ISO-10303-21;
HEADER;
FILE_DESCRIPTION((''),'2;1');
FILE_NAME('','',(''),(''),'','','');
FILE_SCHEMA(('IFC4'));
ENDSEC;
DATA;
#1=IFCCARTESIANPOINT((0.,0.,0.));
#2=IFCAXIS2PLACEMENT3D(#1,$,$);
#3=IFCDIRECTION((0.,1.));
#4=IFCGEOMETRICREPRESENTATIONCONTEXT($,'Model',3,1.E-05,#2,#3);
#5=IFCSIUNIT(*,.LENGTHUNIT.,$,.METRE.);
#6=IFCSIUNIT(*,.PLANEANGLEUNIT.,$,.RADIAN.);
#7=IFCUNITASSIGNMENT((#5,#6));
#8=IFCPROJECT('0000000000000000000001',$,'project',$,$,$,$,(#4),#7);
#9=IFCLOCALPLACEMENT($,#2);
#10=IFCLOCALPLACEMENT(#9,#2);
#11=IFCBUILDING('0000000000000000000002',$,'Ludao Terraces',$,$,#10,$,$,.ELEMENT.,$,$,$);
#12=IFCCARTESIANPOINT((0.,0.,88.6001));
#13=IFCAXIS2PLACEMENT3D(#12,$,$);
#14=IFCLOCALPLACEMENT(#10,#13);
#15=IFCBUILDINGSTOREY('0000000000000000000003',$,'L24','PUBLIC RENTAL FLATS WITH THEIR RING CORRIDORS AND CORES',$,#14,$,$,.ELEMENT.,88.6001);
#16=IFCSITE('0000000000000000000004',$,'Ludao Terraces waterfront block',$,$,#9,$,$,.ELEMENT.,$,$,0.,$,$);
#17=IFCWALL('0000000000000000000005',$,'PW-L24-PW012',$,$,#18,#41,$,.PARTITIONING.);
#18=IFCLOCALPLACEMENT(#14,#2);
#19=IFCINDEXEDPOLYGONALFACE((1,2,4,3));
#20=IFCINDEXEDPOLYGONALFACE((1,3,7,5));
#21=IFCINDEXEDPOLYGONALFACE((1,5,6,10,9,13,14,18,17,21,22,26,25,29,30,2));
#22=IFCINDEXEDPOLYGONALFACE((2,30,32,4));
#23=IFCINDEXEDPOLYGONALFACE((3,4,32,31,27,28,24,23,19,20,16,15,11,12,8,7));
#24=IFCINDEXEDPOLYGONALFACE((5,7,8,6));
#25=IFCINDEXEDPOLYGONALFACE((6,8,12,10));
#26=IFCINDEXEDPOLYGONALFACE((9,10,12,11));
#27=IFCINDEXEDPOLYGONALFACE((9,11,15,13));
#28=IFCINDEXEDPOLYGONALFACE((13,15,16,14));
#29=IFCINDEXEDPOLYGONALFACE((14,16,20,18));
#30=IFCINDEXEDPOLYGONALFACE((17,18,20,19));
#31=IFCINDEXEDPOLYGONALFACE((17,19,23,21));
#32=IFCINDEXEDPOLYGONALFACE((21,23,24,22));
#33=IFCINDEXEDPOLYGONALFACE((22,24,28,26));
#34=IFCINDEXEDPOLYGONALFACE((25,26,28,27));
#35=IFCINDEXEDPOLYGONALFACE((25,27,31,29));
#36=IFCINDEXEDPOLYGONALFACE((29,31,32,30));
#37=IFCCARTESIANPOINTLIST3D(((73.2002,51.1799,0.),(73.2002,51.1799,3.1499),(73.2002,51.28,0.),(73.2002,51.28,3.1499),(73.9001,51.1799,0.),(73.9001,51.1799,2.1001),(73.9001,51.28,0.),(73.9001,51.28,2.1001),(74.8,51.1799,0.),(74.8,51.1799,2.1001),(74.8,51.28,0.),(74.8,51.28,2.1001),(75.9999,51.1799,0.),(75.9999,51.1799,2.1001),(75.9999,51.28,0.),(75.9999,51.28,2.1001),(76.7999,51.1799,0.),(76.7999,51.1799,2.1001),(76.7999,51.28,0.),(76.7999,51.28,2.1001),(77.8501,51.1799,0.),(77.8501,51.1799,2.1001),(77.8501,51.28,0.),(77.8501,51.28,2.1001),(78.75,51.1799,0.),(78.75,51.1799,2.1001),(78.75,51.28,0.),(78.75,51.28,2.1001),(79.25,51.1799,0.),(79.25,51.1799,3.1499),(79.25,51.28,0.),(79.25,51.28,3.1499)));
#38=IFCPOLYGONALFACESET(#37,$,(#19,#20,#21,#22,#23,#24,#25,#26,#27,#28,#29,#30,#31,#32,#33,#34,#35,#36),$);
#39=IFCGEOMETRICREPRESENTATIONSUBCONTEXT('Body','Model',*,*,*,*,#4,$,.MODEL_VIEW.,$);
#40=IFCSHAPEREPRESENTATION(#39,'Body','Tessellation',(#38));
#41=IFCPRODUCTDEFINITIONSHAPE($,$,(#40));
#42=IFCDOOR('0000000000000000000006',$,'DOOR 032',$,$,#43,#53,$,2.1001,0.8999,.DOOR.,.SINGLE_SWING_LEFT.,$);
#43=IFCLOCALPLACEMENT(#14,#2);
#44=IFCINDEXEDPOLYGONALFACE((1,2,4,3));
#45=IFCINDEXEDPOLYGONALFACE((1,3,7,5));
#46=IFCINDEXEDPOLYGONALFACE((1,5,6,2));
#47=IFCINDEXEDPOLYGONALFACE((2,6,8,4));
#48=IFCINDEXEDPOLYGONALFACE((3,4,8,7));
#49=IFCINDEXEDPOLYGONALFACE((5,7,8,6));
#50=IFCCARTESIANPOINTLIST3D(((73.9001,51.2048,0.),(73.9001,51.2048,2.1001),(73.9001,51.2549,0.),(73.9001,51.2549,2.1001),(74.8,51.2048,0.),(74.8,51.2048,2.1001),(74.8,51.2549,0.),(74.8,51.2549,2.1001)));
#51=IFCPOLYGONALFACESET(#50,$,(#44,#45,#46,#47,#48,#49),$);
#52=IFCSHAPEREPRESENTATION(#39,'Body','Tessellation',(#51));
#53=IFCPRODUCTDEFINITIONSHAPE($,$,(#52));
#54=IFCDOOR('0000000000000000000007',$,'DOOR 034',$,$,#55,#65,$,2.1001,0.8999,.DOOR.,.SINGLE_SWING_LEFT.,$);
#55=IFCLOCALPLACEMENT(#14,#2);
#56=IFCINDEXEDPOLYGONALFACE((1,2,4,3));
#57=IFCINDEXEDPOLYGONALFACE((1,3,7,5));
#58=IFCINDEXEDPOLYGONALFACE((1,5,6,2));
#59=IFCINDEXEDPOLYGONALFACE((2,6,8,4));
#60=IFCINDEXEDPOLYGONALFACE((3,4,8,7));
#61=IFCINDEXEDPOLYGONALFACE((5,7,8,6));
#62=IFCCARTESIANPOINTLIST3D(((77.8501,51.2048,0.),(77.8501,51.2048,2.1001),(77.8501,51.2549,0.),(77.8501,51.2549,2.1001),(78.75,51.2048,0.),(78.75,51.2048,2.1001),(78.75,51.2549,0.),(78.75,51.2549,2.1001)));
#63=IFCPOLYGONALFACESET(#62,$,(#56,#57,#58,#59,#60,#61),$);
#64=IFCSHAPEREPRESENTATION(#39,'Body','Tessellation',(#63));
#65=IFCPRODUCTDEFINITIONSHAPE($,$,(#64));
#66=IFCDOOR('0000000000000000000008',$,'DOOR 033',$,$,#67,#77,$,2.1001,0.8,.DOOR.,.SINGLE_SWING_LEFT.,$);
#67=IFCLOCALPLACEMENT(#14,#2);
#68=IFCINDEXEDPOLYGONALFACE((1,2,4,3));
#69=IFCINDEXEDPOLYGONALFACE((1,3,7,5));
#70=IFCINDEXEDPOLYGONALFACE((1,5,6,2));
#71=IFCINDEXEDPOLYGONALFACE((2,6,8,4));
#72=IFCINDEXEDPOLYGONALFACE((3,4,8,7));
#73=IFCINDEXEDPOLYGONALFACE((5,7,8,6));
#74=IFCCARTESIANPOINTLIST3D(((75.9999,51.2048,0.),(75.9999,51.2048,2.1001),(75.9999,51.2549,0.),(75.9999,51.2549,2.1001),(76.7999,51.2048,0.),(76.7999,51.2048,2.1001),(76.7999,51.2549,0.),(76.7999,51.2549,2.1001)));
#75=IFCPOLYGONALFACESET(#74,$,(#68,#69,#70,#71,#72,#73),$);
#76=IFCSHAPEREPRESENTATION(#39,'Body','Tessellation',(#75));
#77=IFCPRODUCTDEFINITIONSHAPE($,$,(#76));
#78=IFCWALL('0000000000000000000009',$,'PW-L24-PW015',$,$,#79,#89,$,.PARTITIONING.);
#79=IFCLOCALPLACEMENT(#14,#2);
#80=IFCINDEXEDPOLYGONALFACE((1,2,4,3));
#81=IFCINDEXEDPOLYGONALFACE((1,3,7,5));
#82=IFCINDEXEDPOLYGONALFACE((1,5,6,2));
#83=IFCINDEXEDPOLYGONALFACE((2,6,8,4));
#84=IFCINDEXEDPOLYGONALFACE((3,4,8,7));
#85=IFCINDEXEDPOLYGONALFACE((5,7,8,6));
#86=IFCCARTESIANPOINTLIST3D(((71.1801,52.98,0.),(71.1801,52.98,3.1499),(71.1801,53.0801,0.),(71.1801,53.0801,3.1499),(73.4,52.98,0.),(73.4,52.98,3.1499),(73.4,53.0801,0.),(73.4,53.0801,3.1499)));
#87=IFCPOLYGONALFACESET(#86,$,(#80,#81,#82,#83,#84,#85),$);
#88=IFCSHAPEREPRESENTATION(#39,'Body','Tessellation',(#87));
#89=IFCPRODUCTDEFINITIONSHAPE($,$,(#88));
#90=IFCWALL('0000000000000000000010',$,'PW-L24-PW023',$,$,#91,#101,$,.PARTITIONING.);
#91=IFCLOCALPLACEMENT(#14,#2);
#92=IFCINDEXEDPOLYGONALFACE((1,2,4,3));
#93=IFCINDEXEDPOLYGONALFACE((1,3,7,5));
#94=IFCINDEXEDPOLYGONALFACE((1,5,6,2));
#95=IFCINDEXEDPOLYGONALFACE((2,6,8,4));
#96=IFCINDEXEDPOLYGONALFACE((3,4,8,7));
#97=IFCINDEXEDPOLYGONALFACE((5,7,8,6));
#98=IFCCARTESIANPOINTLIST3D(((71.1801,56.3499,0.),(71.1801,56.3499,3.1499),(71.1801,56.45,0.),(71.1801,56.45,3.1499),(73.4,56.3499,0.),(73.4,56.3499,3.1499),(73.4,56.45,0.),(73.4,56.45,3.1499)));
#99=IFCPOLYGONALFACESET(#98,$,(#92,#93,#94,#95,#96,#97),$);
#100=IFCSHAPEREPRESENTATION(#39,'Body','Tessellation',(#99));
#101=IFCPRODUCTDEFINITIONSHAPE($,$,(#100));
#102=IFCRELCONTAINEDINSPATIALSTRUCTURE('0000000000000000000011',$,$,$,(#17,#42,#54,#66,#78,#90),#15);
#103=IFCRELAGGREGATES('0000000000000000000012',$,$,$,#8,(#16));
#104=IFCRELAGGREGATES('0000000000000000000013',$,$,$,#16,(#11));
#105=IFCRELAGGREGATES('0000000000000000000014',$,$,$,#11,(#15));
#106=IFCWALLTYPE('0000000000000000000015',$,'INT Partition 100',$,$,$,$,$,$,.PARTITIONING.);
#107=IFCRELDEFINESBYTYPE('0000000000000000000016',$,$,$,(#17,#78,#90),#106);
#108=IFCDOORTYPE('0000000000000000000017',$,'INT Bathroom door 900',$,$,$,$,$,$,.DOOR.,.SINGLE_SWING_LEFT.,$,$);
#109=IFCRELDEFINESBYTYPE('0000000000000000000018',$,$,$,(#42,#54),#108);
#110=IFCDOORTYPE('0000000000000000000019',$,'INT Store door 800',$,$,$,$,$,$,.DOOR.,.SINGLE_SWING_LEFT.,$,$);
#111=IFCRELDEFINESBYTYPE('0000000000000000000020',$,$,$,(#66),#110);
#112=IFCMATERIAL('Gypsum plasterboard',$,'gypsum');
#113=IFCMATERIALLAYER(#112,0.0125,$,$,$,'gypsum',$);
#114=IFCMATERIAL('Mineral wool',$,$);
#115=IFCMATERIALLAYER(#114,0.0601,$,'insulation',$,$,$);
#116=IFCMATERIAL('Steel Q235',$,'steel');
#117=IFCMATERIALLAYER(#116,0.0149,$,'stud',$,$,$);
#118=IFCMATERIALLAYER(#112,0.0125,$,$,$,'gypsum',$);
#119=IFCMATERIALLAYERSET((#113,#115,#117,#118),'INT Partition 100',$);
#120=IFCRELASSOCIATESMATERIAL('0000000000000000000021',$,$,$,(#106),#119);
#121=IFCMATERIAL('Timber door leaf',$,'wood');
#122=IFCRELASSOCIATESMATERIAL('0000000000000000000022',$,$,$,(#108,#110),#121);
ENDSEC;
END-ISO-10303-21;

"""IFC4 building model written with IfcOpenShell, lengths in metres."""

from ifc_helpers import new_model, si_unit, direction, frame, frame_2d, origin, place, context, subcontext, project, spatial, rectangle, extrude, material, layer, layer_set, type_object, element, fill, save


model = new_model("IFC4")

# Units and contexts
model_context = context("Model", 3, precision=1e-05, world=origin(), true_north=direction((0.0, 1.0)))
body_context = subcontext(model_context, "Body", "Model", "MODEL_VIEW")
ifc_project = project(units=[si_unit("LENGTHUNIT", "METRE"), si_unit("PLANEANGLEUNIT", "RADIAN")], contexts=[model_context])

# Site, building, storey
site_placement = place(None, origin())
site = spatial("IfcSite", under=ifc_project, at=site_placement, Name="Ludao Terraces waterfront block", CompositionType="ELEMENT", RefElevation=0.0)
building_placement = place(site_placement, origin())
building = spatial("IfcBuilding", under=site, at=building_placement, Name="Ludao Terraces", CompositionType="ELEMENT")
storey_placement = place(building_placement, frame((0.0, 0.0, 88.6001)))
storey = spatial("IfcBuildingStorey", under=building, at=storey_placement, Name="L24", Description="PUBLIC RENTAL FLATS WITH THEIR RING CORRIDORS AND CORES", CompositionType="ELEMENT", Elevation=88.6001)

# Shared definitions
ifc_material_1 = material(Name="Steel Q235", Category="steel")

# Shared definitions
ifc_material_2 = material(Name="Gypsum plasterboard", Category="gypsum")
ifc_layer_1 = layer(ifc_material_2, 0.0125, Category="gypsum")
ifc_material_3 = material(Name="Mineral wool")
ifc_layer_2 = layer(ifc_material_3, 0.0601, Name="insulation")
ifc_layer_3 = layer(ifc_material_1, 0.0149, Name="stud")
ifc_layer_4 = layer(ifc_material_2, 0.0125, Category="gypsum")
ifc_layer_set_1 = layer_set([ifc_layer_1, ifc_layer_2, ifc_layer_3, ifc_layer_4], Name="INT Partition 100")
wall_type_1 = type_object("IfcWallType", Name="INT Partition 100", PredefinedType="PARTITIONING", material=ifc_layer_set_1)

# Wall, openings, doors
wall_1_placement = place(storey_placement, frame((73.2002, 51.23, 0.0), z_axis=(0.0, 0.0, 1.0), x_axis=(1.0, 0.0, 0.0)))
wall_1 = element("IfcWall", 1, at=wall_1_placement, inside=storey, type_object=wall_type_1, Name="PW-L24-PW012", PredefinedType="PARTITIONING", context=body_context, shape_type="SweptSolid", body=[
    extrude(rectangle(XDim=6.0498, YDim=0.1001, at=frame_2d((3.0249, 0.0))), origin(), (0.0, 0.0, 1.0), 3.1499),
])
opening_1_placement = place(wall_1_placement, frame((0.7, 0.0, 0.0)))
opening_1 = element("IfcOpeningElement", 2, at=opening_1_placement, cuts=wall_1, PredefinedType="OPENING", context=body_context, shape_type="SweptSolid", body=[
    extrude(rectangle(XDim=0.8999, YDim=2.1001, at=frame_2d((0.45, 1.05))), frame((0.0, 0.0601, 0.0), z_axis=(0.0, -1.0, 0.0), x_axis=(1.0, 0.0, 0.0)), (0.0, 0.0, 1.0), 0.1201),
])
opening_2_placement = place(wall_1_placement, frame((2.7998, 0.0, 0.0)))
opening_2 = element("IfcOpeningElement", 3, at=opening_2_placement, cuts=wall_1, PredefinedType="OPENING", context=body_context, shape_type="SweptSolid", body=[
    extrude(rectangle(XDim=0.8, YDim=2.1001, at=frame_2d((0.3999, 1.05))), frame((0.0, 0.0601, 0.0), z_axis=(0.0, -1.0, 0.0), x_axis=(1.0, 0.0, 0.0)), (0.0, 0.0, 1.0), 0.1201),
])
opening_3_placement = place(wall_1_placement, frame((4.6499, 0.0, 0.0)))
opening_3 = element("IfcOpeningElement", 4, at=opening_3_placement, cuts=wall_1, PredefinedType="OPENING", context=body_context, shape_type="SweptSolid", body=[
    extrude(rectangle(XDim=0.8999, YDim=2.1001, at=frame_2d((0.45, 1.05))), frame((0.0, 0.0601, 0.0), z_axis=(0.0, -1.0, 0.0), x_axis=(1.0, 0.0, 0.0)), (0.0, 0.0, 1.0), 0.1201),
])
ifc_material_4 = material(Name="Timber door leaf", Category="wood")
door_type_1 = type_object("IfcDoorType", Name="INT Bathroom door 900", OperationType="SINGLE_SWING_LEFT", PredefinedType="DOOR", material=ifc_material_4)
door_1_placement = place(opening_1_placement, origin())
door_1 = element("IfcDoor", 5, at=door_1_placement, inside=storey, type_object=door_type_1, Name="DOOR 032", OperationType="SINGLE_SWING_LEFT", OverallHeight=2.1001, OverallWidth=0.8999, PredefinedType="DOOR", context=body_context, shape_type="SweptSolid", body=[
    extrude(rectangle(XDim=0.8999, YDim=2.1001, at=frame_2d((0.45, 1.05))), frame((0.0, 0.0249, 0.0), z_axis=(0.0, -1.0, 0.0), x_axis=(1.0, 0.0, 0.0)), (0.0, 0.0, 1.0), 0.05),
])
fill(opening_1, door_1)
door_2_placement = place(opening_3_placement, origin())
door_2 = element("IfcDoor", 6, at=door_2_placement, inside=storey, type_object=door_type_1, Name="DOOR 034", OperationType="SINGLE_SWING_LEFT", OverallHeight=2.1001, OverallWidth=0.8999, PredefinedType="DOOR", context=body_context, shape_type="SweptSolid", body=[
    extrude(rectangle(XDim=0.8999, YDim=2.1001, at=frame_2d((0.45, 1.05))), frame((0.0, 0.0249, 0.0), z_axis=(0.0, -1.0, 0.0), x_axis=(1.0, 0.0, 0.0)), (0.0, 0.0, 1.0), 0.05),
])
fill(opening_3, door_2)
door_type_2 = type_object("IfcDoorType", Name="INT Store door 800", OperationType="SINGLE_SWING_LEFT", PredefinedType="DOOR", material=ifc_material_4)
door_3_placement = place(opening_2_placement, origin())
door_3 = element("IfcDoor", 7, at=door_3_placement, inside=storey, type_object=door_type_2, Name="DOOR 033", OperationType="SINGLE_SWING_LEFT", OverallHeight=2.1001, OverallWidth=0.8, PredefinedType="DOOR", context=body_context, shape_type="SweptSolid", body=[
    extrude(rectangle(XDim=0.8, YDim=2.1001, at=frame_2d((0.3999, 1.05))), frame((0.0, 0.0249, 0.0), z_axis=(0.0, -1.0, 0.0), x_axis=(1.0, 0.0, 0.0)), (0.0, 0.0, 1.0), 0.05),
])
fill(opening_2, door_3)

# Walls
for number, where, z_axis, x_axis, name in (
    (8, (71.1802, 53.03, 0.0), (0.0, 0.0, 1.0), (1.0, 0.0, 0.0), "PW-L24-PW015"),
    (9, (71.1802, 56.3999, 0.0), (0.0, 0.0, 1.0), (1.0, 0.0, 0.0), "PW-L24-PW023"),
):
    element("IfcWall", number, at=place(storey_placement, frame(where, z_axis=z_axis, x_axis=x_axis)), inside=storey, type_object=wall_type_1, Name=name, PredefinedType="PARTITIONING", context=body_context, shape_type="SweptSolid", body=[
        extrude(rectangle(XDim=2.22, YDim=0.1001, at=frame_2d((1.1099, 0.0))), origin(), (0.0, 0.0, 1.0), 3.1499),
    ])

save(model, "model.ifc")
